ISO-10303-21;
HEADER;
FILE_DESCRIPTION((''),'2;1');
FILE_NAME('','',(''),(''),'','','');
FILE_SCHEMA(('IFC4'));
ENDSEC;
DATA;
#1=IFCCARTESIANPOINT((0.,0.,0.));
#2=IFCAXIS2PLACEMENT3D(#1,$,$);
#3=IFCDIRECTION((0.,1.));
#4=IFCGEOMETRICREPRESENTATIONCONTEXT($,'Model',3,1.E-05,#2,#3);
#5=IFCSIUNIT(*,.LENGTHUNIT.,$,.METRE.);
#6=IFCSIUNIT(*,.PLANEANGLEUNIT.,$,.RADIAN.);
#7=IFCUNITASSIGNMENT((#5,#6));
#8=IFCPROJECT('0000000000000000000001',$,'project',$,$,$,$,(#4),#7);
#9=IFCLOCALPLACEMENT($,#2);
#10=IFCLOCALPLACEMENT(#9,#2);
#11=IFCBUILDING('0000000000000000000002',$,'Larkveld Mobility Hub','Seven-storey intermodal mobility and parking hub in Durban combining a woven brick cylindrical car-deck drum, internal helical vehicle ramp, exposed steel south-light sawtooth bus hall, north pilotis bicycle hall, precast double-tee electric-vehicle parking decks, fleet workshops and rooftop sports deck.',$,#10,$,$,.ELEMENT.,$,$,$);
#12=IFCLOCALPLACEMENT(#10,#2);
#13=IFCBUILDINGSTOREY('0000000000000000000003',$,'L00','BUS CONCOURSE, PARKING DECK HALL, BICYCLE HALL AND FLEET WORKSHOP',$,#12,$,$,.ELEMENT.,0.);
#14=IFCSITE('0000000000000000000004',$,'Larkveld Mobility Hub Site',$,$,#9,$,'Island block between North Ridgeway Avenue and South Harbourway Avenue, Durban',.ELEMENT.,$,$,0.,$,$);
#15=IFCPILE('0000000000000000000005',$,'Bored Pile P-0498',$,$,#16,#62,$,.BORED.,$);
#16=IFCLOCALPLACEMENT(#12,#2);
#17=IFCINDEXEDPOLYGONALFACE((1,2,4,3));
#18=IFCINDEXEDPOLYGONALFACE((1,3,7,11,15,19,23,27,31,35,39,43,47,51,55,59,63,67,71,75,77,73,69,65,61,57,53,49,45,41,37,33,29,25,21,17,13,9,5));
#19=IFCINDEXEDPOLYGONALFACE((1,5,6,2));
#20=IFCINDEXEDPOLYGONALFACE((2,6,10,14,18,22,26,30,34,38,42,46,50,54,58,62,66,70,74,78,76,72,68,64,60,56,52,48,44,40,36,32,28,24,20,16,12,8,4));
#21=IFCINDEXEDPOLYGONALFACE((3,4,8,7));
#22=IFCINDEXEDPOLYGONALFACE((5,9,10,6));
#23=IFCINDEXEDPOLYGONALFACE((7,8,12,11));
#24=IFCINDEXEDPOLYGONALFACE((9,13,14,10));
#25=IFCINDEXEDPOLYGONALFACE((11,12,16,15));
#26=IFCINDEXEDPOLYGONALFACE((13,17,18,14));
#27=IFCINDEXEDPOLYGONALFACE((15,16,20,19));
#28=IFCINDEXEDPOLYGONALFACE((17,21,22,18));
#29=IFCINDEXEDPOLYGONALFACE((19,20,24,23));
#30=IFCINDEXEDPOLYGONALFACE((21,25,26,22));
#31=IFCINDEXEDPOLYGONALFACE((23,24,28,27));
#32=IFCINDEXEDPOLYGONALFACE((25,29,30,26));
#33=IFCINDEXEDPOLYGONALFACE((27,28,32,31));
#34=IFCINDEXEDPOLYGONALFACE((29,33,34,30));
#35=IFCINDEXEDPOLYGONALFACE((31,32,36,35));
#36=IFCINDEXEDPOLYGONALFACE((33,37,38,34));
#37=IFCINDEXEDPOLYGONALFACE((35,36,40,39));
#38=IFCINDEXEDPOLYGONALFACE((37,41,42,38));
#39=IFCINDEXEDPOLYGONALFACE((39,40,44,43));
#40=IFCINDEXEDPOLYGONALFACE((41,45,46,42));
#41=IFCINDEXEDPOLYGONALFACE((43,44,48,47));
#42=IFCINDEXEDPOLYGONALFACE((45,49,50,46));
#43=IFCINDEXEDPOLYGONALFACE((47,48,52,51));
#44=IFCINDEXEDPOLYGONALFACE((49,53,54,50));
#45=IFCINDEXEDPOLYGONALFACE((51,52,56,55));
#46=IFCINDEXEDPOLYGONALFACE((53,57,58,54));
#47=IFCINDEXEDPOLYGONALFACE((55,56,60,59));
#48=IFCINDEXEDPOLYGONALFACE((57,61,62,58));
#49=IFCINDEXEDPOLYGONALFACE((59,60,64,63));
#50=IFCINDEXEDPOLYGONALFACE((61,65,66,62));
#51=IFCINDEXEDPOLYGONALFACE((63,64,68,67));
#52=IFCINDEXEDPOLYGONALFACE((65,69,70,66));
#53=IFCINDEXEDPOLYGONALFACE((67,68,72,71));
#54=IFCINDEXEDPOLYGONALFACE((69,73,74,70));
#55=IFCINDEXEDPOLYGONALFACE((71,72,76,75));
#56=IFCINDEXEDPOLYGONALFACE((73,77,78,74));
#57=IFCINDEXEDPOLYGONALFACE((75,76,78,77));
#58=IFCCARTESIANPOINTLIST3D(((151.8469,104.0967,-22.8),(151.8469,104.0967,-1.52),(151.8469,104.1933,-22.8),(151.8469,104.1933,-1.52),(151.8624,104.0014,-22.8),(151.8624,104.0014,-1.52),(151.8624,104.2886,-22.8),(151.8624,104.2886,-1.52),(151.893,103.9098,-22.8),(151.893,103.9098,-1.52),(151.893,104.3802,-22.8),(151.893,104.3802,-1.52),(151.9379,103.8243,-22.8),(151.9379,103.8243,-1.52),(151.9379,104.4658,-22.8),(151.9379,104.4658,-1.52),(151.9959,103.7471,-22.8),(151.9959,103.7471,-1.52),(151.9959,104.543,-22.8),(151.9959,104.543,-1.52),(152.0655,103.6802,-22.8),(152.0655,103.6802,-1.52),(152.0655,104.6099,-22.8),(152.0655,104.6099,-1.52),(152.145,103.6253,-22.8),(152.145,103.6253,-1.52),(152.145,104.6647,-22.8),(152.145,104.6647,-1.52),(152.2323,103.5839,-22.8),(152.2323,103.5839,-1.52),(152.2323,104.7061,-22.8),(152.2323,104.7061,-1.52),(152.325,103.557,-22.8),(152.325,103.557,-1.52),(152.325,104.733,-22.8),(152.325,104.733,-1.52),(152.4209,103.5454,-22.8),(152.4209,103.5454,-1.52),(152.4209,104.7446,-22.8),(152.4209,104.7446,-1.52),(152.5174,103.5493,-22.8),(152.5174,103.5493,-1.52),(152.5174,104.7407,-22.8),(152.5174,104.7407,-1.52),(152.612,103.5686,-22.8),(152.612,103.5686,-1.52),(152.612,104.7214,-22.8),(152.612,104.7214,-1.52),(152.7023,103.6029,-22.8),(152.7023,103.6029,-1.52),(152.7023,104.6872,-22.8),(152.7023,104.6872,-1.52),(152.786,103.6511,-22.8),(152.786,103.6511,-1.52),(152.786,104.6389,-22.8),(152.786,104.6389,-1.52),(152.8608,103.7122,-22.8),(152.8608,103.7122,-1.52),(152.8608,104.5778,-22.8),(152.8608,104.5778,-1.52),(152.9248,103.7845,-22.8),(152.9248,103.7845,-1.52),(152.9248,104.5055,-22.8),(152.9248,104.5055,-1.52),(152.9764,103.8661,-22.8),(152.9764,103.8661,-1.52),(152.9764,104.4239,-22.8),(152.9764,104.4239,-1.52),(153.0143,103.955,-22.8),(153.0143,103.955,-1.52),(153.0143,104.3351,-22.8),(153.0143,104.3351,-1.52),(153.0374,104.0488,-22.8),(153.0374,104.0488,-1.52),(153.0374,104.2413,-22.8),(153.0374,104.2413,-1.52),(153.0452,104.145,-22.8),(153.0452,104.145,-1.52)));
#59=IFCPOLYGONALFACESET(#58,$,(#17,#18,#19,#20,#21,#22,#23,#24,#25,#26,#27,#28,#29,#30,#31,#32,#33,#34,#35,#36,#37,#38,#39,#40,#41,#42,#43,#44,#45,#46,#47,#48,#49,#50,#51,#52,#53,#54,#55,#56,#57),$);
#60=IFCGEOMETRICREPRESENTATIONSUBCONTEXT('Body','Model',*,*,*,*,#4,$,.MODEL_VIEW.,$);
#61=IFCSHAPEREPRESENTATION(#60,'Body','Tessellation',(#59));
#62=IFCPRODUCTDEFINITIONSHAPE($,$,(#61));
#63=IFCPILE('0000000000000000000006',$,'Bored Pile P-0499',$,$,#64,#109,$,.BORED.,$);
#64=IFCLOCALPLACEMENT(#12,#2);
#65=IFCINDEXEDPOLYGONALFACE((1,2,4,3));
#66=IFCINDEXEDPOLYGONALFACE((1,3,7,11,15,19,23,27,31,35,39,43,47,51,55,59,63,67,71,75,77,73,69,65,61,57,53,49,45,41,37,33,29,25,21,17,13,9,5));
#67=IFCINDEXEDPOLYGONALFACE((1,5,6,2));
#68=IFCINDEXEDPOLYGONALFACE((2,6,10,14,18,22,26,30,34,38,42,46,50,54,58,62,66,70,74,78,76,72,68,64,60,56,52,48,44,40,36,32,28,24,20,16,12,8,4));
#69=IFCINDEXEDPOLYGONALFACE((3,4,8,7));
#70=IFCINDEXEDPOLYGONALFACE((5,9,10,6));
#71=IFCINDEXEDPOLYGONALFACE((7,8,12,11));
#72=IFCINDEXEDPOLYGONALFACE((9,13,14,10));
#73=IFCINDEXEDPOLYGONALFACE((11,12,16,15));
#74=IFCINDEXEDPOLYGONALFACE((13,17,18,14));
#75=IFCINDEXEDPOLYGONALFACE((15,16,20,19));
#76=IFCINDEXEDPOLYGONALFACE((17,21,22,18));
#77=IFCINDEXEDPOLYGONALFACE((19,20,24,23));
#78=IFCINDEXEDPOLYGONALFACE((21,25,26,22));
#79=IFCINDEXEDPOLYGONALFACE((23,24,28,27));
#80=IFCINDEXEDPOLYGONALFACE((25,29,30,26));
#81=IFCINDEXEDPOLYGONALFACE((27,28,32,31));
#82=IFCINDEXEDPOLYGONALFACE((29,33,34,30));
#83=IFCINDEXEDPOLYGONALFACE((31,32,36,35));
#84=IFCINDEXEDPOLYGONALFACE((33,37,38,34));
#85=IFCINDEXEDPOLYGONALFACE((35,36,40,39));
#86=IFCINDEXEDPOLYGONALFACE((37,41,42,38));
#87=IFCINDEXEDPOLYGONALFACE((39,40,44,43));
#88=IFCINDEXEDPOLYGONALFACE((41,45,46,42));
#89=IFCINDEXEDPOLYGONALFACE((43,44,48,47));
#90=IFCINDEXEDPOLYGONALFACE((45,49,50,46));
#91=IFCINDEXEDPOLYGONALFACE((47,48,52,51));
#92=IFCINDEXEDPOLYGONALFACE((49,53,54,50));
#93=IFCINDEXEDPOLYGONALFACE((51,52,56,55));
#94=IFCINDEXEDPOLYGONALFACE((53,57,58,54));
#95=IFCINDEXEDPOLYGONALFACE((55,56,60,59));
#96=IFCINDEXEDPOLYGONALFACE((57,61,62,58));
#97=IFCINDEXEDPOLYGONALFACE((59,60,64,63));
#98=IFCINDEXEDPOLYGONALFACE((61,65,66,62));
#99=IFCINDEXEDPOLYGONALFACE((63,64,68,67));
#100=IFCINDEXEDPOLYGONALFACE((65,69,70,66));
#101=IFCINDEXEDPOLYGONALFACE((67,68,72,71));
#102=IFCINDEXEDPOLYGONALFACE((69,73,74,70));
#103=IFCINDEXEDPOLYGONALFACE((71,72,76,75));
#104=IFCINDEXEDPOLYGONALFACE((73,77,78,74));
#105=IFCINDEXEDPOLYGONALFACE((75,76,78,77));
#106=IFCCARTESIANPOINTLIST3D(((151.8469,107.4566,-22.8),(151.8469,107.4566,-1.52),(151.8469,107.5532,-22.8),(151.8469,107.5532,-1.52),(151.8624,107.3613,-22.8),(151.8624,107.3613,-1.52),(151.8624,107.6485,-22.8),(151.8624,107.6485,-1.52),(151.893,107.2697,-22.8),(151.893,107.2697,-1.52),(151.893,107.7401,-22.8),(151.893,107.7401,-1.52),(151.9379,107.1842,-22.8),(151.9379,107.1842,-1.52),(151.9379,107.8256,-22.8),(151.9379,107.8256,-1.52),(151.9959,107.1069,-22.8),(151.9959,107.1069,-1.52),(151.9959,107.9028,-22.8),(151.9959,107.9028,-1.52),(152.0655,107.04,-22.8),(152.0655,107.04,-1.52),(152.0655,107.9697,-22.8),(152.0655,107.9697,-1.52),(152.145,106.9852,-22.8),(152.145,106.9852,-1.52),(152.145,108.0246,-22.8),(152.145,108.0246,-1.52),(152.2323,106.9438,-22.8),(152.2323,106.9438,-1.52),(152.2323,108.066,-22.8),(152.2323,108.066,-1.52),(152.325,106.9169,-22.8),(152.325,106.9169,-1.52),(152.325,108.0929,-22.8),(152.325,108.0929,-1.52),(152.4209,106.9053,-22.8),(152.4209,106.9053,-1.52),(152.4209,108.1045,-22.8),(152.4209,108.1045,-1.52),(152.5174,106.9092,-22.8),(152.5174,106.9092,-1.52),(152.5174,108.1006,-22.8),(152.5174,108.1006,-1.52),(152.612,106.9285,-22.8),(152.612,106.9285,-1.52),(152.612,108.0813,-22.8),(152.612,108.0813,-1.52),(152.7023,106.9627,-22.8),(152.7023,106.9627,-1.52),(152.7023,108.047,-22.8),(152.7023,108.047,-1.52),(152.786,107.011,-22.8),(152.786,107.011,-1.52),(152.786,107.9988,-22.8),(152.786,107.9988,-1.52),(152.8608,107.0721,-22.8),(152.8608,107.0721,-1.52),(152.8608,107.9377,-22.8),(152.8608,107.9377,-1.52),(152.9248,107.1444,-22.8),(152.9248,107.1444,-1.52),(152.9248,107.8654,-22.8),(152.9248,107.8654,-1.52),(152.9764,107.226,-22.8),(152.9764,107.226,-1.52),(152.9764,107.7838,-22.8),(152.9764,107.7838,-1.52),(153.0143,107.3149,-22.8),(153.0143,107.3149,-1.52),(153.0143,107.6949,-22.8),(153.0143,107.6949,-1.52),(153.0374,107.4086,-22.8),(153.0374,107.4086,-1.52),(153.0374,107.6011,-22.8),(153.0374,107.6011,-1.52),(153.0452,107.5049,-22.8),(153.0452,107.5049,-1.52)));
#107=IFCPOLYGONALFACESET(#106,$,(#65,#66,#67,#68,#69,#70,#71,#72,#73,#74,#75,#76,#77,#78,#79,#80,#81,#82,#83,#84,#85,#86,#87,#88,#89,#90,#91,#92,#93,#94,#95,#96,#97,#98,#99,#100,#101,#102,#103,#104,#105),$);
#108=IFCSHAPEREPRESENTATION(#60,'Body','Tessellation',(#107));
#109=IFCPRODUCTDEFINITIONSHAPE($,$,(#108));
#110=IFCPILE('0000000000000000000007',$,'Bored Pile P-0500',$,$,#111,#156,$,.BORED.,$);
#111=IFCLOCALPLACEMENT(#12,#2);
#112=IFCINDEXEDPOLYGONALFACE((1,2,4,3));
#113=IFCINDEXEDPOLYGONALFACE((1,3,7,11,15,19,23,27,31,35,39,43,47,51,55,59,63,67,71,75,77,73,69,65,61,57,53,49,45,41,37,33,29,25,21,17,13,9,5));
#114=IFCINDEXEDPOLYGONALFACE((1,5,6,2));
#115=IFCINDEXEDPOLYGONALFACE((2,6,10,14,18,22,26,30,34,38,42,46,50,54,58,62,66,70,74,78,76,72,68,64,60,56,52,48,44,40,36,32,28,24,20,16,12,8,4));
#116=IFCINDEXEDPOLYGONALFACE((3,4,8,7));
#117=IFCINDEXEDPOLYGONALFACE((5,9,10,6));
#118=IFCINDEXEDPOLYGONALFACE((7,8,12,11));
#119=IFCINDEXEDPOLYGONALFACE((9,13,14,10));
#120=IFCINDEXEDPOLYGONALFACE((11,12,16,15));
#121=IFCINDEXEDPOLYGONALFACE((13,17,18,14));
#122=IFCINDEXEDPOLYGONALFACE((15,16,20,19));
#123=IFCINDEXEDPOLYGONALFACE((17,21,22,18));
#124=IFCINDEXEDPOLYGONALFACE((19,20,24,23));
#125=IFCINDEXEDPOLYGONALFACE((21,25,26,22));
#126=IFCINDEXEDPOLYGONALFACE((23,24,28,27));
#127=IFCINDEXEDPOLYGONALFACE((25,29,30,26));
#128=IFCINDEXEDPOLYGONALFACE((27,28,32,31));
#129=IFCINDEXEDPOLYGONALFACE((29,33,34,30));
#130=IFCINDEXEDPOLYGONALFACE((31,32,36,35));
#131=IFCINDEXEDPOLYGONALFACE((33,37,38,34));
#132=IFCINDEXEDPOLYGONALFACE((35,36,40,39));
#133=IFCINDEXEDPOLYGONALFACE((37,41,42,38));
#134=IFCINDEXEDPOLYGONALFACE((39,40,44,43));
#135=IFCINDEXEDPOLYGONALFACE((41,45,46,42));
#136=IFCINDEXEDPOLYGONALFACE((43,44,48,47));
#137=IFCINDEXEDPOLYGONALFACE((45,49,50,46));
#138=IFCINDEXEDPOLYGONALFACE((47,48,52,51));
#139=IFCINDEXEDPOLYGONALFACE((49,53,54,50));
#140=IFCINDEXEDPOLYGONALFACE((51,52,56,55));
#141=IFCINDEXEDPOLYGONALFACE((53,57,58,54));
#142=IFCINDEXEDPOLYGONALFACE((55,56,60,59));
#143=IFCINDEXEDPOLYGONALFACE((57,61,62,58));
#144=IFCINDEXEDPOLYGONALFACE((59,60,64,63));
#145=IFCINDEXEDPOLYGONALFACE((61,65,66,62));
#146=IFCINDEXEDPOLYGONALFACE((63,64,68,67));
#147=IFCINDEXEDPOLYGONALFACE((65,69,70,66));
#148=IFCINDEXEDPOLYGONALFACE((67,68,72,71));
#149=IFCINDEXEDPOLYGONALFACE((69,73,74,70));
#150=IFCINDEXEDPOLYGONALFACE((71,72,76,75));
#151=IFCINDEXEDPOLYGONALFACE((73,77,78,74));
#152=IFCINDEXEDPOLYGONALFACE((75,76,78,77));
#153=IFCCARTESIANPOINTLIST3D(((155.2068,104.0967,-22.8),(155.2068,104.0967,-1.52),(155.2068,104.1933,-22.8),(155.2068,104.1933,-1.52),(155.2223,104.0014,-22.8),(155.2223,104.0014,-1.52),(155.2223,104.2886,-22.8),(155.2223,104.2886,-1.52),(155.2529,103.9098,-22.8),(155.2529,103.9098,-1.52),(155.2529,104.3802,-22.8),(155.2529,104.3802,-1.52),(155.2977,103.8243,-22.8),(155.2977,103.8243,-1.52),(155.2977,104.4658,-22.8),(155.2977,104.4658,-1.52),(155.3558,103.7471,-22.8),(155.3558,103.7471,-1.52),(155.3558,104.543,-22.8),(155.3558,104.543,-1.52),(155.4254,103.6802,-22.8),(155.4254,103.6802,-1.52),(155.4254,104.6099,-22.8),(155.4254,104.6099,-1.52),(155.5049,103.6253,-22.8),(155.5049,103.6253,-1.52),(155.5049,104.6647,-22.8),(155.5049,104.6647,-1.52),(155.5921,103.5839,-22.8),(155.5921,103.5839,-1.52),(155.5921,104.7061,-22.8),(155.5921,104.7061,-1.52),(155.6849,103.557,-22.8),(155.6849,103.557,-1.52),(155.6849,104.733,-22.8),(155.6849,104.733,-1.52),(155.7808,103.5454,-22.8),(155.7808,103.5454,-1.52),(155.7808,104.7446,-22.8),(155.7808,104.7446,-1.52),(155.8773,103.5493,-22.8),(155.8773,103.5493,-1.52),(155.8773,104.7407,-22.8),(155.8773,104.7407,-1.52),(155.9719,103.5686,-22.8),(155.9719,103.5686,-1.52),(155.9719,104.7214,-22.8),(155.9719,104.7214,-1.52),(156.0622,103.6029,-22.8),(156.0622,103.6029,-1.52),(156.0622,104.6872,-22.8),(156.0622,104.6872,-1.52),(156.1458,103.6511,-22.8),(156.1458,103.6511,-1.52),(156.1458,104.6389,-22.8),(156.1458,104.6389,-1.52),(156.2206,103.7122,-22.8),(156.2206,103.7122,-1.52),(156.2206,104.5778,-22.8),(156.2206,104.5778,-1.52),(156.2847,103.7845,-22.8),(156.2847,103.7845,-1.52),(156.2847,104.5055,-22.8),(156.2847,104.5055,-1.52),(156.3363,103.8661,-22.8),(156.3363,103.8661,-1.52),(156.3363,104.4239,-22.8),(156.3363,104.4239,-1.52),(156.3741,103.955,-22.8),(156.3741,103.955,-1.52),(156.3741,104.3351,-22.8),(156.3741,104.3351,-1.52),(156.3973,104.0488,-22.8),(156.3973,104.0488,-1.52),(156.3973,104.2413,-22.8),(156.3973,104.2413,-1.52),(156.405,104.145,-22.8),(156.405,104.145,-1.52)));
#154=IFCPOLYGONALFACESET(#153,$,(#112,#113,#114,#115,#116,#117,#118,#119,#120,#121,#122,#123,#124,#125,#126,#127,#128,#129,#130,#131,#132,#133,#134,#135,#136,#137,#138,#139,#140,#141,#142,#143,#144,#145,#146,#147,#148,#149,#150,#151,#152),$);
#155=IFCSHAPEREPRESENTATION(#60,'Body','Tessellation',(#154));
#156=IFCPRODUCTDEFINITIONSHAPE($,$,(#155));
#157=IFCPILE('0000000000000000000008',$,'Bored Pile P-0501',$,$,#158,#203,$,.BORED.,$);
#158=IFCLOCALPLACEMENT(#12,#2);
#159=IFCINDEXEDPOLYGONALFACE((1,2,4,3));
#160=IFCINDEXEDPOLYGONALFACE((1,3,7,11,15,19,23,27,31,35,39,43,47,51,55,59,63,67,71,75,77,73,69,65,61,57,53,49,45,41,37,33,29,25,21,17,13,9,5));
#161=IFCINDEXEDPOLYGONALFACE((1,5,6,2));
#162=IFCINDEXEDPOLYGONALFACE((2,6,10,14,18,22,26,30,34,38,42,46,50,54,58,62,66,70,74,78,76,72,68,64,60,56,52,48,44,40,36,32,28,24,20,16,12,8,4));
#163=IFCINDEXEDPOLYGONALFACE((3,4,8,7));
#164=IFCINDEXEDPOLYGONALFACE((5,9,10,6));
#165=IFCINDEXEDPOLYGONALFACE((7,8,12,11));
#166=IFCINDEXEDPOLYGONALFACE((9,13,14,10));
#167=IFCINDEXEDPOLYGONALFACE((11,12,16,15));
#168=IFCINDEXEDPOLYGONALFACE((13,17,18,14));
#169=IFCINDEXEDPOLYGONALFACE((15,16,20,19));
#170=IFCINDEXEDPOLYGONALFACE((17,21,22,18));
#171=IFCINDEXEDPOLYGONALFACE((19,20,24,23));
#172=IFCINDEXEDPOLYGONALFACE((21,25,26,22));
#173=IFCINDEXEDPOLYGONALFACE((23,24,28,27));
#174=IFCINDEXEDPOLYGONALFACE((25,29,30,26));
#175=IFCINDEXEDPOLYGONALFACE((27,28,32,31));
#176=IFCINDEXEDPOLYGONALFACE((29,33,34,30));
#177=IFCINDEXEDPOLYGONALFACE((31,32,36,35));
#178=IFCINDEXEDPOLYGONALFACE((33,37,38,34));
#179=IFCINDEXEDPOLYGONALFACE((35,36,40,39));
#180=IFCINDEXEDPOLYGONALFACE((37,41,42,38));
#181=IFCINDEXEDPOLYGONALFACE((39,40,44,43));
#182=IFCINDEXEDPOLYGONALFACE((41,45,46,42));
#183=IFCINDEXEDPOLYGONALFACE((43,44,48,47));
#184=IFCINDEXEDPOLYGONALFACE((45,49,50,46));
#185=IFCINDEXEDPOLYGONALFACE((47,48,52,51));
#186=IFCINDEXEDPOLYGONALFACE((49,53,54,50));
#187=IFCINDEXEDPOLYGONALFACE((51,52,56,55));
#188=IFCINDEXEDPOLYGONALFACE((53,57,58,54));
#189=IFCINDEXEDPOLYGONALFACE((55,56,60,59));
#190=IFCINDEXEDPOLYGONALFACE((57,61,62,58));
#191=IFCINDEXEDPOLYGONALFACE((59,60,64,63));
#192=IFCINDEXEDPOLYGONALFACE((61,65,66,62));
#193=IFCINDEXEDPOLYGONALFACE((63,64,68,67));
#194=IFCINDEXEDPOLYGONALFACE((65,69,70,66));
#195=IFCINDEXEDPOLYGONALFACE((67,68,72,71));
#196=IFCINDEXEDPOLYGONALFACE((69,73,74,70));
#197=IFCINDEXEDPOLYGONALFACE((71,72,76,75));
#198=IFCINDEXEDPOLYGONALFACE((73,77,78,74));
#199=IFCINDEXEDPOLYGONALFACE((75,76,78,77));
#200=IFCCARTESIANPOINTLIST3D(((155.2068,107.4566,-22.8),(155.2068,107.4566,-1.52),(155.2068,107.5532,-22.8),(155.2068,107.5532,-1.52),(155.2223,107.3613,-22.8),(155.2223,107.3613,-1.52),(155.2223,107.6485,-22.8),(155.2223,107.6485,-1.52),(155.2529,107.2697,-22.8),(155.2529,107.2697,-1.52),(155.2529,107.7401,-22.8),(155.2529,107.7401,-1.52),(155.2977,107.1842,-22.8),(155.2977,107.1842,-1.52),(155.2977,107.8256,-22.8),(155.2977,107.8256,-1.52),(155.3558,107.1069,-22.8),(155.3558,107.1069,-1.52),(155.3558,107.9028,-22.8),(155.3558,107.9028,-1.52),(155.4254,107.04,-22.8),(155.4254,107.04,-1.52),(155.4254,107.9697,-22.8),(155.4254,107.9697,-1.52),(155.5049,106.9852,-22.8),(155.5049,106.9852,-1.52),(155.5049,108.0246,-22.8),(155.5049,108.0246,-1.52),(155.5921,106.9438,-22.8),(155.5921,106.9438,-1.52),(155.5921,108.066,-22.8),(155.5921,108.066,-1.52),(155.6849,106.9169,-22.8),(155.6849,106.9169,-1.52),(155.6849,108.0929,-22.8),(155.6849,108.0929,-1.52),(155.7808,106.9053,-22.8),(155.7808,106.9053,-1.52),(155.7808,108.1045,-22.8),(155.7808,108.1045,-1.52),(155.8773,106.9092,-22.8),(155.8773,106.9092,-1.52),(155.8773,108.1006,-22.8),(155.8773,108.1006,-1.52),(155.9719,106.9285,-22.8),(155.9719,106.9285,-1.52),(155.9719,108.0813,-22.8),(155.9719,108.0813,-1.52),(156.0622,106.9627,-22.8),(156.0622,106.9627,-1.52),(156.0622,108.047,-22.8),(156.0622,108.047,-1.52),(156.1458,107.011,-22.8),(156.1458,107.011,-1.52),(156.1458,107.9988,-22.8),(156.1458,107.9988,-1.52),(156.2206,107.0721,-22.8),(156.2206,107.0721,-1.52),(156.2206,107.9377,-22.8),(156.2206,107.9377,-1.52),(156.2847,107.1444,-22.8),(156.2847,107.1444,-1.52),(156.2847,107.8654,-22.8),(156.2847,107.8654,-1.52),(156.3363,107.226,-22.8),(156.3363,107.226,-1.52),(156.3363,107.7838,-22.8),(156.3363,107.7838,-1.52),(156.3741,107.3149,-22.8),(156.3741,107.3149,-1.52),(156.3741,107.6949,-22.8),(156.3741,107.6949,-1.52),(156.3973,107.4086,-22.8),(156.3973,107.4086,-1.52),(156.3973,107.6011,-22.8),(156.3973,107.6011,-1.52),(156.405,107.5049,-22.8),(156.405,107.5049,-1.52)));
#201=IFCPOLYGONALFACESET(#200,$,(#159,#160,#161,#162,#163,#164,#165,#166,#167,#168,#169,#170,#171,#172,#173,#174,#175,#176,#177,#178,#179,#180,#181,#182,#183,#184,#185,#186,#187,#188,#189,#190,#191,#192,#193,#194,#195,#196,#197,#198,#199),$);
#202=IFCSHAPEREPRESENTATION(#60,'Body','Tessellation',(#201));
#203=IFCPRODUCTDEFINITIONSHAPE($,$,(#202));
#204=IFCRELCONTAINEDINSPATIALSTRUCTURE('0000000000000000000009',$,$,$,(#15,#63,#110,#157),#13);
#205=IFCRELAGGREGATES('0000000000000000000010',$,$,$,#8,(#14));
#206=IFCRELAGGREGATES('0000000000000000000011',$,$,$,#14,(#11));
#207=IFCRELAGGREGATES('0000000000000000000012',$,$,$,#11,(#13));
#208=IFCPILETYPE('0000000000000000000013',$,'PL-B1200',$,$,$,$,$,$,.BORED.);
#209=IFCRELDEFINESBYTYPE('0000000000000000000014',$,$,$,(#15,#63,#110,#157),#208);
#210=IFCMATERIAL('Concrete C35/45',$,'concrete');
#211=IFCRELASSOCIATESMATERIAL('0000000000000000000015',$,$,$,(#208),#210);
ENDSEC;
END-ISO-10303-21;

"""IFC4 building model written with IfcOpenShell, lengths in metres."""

from ifc_helpers import new_model, si_unit, direction, frame, origin, origin_2d, place, context, subcontext, project, spatial, circle, extrude, material, material_profile, profile_set, type_object, element, save


model = new_model("IFC4")

# Units and contexts
model_context = context("Model", 3, precision=1e-05, world=origin(), true_north=direction((0.0, 1.0)))
body_context = subcontext(model_context, "Body", "Model", "MODEL_VIEW")
ifc_project = project(units=[si_unit("LENGTHUNIT", "METRE"), si_unit("PLANEANGLEUNIT", "RADIAN")], contexts=[model_context])

# Site, building, storey
site_placement = place(None, origin())
site = spatial("IfcSite", under=ifc_project, at=site_placement, Name="Larkveld Mobility Hub Site", LongName="Island block between North Ridgeway Avenue and South Harbourway Avenue, Durban", CompositionType="ELEMENT", RefElevation=0.0)
building_placement = place(site_placement, origin())
building = spatial("IfcBuilding", under=site, at=building_placement, Name="Larkveld Mobility Hub", Description="Seven-storey intermodal mobility and parking hub in Durban combining a woven brick cylindrical car-deck drum, internal helical vehicle ramp, exposed steel south-light sawtooth bus hall, north pilotis bicycle hall, precast double-tee electric-vehicle parking decks, fleet workshops and rooftop sports deck.", CompositionType="ELEMENT")
storey_placement = place(building_placement, origin())
storey = spatial("IfcBuildingStorey", under=building, at=storey_placement, Name="L00", Description="BUS CONCOURSE, PARKING DECK HALL, BICYCLE HALL AND FLEET WORKSHOP", CompositionType="ELEMENT", Elevation=0.0)

# Shared definitions
ifc_material_1 = material(Name="Concrete C35/45", Category="concrete")

# Piles
ifc_material_profile_1 = material_profile(ifc_material_1, circle(Radius=0.6001, at=origin_2d()), Name="PILE D1200")
ifc_profile_set_1 = profile_set([ifc_material_profile_1], Name="Concrete C35/45")
pile_type_1 = type_object("IfcPileType", Name="PL-B1200", PredefinedType="BORED", material=ifc_profile_set_1)
for number, where, z_axis, x_axis, name in (
    (1, (152.4451, 104.145, -1.52), (0.0, 0.0, -1.0), (1.0, 0.0, 0.0), "Bored Pile P-0498"),
    (2, (152.4451, 107.5049, -1.52), (0.0, 0.0, -1.0), (1.0, 0.0, 0.0), "Bored Pile P-0499"),
    (3, (155.8049, 104.145, -1.52), (0.0, 0.0, -1.0), (1.0, 0.0, 0.0), "Bored Pile P-0500"),
    (4, (155.8049, 107.5049, -1.52), (0.0, 0.0, -1.0), (1.0, 0.0, 0.0), "Bored Pile P-0501"),
):
    element("IfcPile", number, at=place(storey_placement, frame(where, z_axis=z_axis, x_axis=x_axis)), inside=storey, type_object=pile_type_1, Name=name, PredefinedType="BORED", context=body_context, shape_type="SweptSolid", body=[
        extrude(circle(Radius=0.6001, at=origin_2d()), origin(), (0.0, 0.0, 1.0), 21.28),
    ])

save(model, "model.ifc")
